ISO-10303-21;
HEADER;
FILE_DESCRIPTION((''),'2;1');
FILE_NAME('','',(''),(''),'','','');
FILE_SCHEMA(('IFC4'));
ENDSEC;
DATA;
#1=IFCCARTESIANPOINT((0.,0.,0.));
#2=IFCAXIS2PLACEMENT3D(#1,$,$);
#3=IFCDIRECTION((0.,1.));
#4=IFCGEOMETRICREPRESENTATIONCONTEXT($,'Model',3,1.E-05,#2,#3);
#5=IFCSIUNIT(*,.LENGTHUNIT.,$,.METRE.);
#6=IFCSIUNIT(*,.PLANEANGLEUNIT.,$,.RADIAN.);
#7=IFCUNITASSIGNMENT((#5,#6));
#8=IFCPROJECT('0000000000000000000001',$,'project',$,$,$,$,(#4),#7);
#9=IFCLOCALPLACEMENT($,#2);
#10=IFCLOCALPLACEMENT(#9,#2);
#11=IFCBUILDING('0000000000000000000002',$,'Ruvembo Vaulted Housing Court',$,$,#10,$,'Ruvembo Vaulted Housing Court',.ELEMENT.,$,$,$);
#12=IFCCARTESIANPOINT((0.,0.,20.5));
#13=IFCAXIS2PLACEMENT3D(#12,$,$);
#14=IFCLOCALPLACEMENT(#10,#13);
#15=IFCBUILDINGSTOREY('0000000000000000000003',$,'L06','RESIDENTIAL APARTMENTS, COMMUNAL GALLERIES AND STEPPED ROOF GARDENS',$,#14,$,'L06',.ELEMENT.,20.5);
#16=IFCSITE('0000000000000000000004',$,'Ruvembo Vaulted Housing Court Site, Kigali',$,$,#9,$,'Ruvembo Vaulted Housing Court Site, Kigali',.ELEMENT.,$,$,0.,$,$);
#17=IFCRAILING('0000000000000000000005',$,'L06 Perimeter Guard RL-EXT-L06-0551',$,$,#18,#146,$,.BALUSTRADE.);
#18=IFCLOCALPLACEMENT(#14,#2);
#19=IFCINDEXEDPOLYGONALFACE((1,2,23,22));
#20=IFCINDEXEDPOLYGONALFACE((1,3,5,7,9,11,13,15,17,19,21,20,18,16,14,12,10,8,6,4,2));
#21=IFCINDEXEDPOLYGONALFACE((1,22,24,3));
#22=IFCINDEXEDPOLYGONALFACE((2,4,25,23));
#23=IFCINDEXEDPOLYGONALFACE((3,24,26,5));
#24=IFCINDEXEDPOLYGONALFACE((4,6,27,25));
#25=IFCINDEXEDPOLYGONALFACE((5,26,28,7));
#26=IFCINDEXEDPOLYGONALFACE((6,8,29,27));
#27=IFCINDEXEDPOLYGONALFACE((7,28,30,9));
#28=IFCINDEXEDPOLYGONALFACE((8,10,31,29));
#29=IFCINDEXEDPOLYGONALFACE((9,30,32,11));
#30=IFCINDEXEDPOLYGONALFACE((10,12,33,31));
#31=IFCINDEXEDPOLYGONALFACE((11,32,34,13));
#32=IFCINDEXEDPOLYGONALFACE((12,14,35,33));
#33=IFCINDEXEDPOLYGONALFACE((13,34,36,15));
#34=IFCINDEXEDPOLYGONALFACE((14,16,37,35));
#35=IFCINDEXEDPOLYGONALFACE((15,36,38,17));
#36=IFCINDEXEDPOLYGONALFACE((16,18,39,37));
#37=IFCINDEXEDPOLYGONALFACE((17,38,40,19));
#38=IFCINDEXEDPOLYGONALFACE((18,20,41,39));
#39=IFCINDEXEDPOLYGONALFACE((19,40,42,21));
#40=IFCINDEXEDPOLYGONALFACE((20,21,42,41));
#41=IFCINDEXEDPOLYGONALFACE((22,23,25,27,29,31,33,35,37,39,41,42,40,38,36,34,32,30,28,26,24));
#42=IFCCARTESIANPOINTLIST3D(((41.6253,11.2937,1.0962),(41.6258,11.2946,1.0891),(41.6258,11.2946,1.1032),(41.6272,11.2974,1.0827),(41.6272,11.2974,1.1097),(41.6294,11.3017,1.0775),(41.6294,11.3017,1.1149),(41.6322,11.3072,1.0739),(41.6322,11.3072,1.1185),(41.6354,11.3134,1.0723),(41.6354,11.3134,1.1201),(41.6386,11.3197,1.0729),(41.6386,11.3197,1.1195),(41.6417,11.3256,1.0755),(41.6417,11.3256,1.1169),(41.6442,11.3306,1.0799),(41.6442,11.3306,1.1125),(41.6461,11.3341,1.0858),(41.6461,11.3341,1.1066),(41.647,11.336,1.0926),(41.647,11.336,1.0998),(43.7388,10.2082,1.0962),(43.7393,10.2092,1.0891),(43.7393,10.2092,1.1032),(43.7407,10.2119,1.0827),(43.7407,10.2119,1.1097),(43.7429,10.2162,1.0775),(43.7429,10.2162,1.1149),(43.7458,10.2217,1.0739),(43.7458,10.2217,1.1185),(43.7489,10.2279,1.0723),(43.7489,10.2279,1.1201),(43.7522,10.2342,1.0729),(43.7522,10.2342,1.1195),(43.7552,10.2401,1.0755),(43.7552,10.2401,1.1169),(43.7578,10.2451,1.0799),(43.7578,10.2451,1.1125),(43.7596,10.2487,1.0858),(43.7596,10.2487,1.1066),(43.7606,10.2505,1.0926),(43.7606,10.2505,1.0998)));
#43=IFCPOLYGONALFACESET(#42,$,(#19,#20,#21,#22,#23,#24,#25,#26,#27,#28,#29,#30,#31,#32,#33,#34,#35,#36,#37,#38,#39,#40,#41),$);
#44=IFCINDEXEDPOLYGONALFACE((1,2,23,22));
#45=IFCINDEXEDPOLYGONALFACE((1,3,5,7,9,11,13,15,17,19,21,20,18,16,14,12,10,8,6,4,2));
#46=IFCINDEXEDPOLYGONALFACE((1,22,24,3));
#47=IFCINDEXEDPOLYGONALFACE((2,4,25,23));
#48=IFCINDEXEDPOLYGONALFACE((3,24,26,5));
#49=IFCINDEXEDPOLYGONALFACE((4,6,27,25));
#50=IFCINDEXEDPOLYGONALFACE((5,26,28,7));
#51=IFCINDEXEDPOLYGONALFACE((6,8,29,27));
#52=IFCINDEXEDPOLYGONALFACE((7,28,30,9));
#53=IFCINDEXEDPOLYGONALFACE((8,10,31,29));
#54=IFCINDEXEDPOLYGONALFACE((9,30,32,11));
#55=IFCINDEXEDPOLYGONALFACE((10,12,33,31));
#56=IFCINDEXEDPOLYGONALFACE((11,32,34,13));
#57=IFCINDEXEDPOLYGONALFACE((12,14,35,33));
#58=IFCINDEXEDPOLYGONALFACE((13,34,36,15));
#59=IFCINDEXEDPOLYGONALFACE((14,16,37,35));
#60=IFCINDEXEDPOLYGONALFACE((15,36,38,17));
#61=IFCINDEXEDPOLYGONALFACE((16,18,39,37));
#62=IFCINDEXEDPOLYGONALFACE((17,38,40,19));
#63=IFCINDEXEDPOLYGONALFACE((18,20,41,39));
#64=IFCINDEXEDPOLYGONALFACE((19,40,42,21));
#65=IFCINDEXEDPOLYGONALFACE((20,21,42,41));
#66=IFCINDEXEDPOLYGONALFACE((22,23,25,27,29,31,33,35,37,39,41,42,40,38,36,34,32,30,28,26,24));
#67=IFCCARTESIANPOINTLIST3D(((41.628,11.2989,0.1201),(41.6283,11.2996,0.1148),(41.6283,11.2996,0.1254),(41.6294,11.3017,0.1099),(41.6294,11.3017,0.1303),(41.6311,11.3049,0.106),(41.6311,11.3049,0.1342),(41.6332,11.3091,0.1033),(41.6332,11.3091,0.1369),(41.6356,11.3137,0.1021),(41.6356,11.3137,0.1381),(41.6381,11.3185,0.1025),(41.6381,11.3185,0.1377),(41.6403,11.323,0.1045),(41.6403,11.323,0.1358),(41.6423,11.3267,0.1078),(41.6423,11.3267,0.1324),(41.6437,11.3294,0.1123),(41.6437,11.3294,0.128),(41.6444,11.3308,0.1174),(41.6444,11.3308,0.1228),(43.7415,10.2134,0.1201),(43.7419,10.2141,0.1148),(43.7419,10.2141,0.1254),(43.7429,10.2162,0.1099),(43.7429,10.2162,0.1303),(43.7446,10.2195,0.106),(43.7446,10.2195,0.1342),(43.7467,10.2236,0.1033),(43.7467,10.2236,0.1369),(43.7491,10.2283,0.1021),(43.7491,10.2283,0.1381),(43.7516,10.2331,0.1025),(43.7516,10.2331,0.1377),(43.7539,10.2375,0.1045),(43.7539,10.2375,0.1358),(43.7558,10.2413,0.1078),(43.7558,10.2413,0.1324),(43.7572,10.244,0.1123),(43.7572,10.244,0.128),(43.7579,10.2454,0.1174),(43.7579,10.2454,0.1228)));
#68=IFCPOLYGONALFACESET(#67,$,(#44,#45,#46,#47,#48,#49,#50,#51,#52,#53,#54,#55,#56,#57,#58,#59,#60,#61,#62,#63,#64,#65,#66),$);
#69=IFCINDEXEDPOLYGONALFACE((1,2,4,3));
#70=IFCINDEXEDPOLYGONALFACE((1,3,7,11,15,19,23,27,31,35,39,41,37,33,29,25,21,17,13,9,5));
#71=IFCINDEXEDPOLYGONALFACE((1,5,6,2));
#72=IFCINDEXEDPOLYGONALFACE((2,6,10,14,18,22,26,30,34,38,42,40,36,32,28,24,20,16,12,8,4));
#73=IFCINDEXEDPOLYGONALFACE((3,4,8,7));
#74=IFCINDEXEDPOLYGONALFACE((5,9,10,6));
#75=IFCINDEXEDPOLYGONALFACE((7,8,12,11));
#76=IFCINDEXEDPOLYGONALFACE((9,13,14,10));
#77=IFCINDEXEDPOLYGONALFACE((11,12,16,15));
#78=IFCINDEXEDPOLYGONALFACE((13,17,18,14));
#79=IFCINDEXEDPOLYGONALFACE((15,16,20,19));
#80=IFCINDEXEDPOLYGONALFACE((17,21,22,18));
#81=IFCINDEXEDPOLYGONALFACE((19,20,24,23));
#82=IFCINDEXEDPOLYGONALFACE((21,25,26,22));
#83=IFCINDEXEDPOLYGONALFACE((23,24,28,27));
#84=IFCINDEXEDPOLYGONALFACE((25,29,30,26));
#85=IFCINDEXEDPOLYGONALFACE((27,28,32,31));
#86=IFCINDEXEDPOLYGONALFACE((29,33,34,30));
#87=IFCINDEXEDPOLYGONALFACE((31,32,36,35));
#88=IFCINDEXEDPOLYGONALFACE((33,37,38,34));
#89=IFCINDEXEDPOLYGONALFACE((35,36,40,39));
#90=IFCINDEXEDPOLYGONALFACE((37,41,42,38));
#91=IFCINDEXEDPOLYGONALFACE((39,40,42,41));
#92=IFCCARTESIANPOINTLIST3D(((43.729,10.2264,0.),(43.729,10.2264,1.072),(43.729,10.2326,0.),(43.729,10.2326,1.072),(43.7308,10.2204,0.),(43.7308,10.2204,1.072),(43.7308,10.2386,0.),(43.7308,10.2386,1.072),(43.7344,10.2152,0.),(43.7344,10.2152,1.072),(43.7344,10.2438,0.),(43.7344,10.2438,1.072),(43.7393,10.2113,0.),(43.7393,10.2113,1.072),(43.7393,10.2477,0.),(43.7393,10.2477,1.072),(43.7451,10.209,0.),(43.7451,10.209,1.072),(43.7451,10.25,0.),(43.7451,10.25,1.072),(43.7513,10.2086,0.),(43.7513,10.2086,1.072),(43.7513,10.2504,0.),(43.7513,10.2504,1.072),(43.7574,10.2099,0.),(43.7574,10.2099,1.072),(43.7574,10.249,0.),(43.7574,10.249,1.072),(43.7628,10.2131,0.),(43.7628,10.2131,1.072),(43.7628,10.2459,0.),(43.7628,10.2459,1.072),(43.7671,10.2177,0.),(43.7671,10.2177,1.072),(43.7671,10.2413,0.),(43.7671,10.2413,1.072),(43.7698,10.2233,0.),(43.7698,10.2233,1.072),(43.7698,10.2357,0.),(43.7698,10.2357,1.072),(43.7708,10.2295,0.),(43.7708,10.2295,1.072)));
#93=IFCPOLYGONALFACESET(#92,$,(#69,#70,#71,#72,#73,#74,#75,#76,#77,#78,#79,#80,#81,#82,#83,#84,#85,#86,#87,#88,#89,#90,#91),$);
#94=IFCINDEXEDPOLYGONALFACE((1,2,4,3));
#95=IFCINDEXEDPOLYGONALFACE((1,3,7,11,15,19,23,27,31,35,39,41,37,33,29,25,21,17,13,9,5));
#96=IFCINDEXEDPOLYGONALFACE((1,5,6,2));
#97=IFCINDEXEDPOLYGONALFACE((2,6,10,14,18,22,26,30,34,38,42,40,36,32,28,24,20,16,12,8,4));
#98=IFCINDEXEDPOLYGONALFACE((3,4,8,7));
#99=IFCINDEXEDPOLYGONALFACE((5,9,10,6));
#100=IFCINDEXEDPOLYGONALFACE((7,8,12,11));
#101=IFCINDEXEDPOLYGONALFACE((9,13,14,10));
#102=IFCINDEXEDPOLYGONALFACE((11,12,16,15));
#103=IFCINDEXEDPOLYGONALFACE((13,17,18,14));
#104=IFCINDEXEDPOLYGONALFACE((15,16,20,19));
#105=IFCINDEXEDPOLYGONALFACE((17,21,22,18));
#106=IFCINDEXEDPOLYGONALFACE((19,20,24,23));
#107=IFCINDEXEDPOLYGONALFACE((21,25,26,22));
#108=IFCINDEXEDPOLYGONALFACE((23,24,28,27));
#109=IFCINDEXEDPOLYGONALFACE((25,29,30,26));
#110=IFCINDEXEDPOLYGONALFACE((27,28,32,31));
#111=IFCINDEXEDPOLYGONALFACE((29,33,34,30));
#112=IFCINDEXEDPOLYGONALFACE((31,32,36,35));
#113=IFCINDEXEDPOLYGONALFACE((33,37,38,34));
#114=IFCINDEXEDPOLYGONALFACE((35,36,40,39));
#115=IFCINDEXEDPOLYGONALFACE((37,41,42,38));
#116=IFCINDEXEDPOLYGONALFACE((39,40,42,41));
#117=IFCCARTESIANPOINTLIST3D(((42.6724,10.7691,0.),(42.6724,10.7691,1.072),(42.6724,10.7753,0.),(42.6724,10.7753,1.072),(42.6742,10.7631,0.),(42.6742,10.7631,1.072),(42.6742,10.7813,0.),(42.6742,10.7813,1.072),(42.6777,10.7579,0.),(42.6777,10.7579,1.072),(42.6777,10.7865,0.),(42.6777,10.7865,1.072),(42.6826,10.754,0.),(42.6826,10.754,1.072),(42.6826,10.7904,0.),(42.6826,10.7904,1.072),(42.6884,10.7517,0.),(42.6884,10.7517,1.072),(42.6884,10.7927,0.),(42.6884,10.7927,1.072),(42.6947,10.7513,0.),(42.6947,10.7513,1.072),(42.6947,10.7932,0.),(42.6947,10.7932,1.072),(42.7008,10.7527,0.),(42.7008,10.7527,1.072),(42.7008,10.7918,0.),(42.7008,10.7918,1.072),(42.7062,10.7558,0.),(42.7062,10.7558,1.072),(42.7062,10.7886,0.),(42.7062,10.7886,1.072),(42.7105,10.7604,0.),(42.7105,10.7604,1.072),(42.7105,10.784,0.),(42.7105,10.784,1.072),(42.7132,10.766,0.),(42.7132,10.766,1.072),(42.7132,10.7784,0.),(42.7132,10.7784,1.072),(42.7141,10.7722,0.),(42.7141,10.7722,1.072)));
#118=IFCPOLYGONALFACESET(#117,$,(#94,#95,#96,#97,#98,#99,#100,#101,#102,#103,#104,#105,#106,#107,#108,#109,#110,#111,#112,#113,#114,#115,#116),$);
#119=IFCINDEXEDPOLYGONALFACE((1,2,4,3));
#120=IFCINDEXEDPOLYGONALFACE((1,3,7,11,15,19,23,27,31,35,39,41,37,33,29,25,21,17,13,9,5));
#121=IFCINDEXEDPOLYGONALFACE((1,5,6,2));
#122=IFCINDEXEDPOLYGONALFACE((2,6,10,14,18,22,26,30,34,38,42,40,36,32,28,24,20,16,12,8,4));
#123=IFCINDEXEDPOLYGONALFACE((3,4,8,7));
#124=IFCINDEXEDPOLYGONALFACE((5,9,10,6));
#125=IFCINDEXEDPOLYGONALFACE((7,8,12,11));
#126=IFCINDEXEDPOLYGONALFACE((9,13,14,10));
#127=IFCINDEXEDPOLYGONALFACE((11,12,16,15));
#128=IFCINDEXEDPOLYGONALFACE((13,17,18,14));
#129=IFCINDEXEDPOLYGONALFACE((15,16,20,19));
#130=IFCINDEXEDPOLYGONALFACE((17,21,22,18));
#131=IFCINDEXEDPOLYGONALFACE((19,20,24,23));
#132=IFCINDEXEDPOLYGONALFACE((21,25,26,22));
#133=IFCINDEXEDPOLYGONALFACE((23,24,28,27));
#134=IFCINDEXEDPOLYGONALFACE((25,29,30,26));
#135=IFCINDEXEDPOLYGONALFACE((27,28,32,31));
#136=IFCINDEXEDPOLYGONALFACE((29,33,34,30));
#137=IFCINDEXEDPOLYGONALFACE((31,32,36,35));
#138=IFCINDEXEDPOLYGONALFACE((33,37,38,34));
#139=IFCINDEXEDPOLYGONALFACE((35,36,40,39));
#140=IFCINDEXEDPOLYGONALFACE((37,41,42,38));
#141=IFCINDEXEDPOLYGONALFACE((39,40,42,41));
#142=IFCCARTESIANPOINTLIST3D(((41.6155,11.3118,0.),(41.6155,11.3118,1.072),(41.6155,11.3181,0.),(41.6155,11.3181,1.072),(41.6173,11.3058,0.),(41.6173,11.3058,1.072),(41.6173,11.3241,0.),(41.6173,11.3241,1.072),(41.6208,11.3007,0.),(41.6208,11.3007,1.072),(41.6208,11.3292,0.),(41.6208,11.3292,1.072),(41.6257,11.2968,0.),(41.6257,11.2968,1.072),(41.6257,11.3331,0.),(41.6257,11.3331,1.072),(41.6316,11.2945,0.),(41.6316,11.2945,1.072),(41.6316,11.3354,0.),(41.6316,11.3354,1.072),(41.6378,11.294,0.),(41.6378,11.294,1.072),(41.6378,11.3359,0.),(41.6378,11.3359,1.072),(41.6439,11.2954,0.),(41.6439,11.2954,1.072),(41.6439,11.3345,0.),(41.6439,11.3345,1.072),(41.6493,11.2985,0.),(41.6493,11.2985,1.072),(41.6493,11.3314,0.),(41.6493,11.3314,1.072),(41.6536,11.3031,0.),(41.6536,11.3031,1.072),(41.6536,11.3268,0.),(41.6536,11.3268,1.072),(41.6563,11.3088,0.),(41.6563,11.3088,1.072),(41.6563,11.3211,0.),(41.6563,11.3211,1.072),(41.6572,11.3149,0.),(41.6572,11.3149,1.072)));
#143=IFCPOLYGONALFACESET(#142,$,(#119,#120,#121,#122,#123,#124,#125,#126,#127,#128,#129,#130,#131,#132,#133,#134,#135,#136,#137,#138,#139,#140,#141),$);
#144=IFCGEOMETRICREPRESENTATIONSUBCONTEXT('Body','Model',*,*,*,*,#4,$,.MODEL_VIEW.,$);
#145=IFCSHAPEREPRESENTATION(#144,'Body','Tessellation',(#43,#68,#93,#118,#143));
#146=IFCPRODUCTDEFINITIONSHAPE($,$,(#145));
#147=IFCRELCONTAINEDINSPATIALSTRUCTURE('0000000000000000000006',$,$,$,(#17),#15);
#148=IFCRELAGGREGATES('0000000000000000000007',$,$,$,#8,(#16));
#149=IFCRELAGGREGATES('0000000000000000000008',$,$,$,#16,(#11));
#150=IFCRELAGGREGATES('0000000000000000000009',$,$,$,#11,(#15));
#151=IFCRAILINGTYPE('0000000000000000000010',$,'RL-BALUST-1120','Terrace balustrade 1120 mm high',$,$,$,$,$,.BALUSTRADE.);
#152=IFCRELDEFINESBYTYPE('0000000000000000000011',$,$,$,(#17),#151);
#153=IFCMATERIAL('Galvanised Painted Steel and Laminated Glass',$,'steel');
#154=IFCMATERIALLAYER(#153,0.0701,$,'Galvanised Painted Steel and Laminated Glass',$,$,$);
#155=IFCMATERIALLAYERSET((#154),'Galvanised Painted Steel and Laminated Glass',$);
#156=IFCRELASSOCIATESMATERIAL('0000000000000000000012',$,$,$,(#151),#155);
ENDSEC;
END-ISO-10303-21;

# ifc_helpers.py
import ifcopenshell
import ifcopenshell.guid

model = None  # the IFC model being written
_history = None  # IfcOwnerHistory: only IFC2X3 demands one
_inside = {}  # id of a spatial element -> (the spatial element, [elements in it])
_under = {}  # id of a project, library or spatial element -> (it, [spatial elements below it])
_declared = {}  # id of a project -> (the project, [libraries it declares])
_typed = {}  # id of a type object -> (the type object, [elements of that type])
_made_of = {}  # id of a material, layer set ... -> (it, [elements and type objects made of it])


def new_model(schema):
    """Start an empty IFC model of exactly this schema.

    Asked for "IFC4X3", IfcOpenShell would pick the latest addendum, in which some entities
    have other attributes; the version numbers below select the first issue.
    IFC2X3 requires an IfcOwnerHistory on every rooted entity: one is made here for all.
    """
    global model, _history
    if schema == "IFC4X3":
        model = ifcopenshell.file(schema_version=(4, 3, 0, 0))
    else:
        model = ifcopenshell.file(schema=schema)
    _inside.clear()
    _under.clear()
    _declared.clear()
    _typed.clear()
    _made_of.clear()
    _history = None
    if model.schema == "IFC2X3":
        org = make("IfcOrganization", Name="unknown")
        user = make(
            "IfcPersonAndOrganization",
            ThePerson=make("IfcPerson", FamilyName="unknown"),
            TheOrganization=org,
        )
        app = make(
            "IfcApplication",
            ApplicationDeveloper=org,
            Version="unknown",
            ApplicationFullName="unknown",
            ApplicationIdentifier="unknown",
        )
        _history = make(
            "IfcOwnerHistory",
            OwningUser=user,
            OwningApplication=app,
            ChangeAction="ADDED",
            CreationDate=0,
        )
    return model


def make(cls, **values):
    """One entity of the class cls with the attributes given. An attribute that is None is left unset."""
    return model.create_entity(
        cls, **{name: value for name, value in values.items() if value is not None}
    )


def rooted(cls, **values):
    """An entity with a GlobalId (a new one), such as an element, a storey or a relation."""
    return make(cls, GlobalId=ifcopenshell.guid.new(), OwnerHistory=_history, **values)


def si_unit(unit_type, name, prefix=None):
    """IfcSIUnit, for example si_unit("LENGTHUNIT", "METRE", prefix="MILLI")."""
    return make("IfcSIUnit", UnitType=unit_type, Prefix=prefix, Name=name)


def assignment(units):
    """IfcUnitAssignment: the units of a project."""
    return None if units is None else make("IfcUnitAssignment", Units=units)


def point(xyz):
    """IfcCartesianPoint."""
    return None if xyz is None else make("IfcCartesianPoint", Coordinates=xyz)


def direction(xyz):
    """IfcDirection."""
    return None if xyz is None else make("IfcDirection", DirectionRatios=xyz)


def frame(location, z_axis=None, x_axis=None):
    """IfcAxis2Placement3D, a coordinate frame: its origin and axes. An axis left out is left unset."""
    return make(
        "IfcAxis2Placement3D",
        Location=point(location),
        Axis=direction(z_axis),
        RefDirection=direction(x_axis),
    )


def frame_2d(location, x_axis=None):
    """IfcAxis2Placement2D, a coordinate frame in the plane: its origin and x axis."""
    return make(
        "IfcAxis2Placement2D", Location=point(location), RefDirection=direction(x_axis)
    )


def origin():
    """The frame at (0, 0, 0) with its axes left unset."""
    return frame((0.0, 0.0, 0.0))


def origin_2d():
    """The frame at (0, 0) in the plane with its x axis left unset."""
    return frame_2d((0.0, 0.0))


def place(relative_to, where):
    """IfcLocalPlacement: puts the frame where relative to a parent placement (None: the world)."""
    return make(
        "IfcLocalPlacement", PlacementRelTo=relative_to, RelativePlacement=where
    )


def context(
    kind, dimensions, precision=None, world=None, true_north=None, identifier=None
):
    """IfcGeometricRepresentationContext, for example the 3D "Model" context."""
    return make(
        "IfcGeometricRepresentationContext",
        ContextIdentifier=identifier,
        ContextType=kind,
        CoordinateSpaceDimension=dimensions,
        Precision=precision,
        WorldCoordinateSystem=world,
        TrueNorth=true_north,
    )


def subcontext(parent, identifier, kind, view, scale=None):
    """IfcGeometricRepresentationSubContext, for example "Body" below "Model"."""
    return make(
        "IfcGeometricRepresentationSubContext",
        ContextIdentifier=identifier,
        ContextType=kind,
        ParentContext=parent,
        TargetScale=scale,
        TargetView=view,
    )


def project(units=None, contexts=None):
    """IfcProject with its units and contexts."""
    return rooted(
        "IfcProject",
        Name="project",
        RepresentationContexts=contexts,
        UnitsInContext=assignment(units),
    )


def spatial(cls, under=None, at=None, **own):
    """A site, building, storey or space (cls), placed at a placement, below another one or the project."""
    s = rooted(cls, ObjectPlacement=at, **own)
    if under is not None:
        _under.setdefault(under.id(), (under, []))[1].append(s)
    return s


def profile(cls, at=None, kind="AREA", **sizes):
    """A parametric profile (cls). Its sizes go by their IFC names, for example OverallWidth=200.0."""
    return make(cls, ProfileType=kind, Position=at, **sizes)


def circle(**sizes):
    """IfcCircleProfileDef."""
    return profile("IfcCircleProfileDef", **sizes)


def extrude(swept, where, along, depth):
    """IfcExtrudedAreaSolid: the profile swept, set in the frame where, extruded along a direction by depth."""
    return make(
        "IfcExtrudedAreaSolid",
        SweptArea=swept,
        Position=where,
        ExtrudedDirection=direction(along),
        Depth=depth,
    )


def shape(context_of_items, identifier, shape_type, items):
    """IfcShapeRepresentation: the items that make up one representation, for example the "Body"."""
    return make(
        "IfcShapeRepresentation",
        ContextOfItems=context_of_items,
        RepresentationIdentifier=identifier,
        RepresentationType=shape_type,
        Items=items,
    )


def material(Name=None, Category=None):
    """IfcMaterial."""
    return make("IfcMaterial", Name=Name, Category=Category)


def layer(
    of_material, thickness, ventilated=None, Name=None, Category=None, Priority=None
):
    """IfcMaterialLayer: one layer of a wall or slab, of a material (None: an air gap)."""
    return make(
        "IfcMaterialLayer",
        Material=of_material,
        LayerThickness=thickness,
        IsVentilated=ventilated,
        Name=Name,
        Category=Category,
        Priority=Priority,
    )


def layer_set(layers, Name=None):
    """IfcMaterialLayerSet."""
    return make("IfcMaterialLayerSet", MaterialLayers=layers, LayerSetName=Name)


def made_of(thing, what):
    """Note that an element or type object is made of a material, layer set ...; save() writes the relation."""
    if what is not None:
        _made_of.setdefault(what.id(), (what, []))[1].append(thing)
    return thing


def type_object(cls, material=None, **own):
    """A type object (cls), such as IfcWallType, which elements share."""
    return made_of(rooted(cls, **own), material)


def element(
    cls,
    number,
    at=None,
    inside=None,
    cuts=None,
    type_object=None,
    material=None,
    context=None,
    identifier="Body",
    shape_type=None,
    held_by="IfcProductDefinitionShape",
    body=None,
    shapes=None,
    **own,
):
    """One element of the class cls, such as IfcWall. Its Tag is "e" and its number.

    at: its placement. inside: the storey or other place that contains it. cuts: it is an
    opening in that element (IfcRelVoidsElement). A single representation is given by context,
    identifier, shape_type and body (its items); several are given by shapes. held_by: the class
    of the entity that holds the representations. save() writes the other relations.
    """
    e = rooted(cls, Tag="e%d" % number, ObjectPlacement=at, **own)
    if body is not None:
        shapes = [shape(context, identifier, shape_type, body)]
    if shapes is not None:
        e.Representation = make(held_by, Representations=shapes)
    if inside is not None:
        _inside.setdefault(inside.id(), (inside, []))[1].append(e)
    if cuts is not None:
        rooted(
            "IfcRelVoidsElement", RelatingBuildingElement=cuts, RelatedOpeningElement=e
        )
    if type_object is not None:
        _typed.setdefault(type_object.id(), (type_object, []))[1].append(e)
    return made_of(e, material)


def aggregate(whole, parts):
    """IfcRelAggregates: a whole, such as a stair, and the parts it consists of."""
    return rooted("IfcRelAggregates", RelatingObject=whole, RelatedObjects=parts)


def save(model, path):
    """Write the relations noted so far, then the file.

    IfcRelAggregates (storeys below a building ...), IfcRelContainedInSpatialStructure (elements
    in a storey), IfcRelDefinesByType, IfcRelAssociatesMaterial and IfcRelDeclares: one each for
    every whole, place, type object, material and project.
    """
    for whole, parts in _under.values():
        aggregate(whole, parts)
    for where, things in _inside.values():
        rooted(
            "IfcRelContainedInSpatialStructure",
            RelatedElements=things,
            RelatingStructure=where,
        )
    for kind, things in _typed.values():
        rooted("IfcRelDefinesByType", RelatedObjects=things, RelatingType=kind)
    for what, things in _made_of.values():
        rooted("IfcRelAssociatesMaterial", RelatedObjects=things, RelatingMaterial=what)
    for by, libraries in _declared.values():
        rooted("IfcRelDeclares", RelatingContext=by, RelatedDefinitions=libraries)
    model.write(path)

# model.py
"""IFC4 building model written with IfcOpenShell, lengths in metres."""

from ifc_helpers import new_model, si_unit, direction, frame, origin, origin_2d, place, context, subcontext, project, spatial, circle, extrude, material, layer, layer_set, type_object, element, save


model = new_model("IFC4")

# Units and contexts
model_context = context("Model", 3, precision=1e-05, world=origin(), true_north=direction((0.0, 1.0)))
body_context = subcontext(model_context, "Body", "Model", "MODEL_VIEW")
ifc_project = project(units=[si_unit("LENGTHUNIT", "METRE"), si_unit("PLANEANGLEUNIT", "RADIAN")], contexts=[model_context])

# Site, building, storey
site_placement = place(None, origin())
site = spatial("IfcSite", under=ifc_project, at=site_placement, Name="Ruvembo Vaulted Housing Court Site, Kigali", LongName="Ruvembo Vaulted Housing Court Site, Kigali", CompositionType="ELEMENT", RefElevation=0.0)
building_placement = place(site_placement, origin())
building = spatial("IfcBuilding", under=site, at=building_placement, Name="Ruvembo Vaulted Housing Court", LongName="Ruvembo Vaulted Housing Court", CompositionType="ELEMENT")
storey_placement = place(building_placement, frame((0.0, 0.0, 20.5)))
storey = spatial("IfcBuildingStorey", under=building, at=storey_placement, Name="L06", Description="RESIDENTIAL APARTMENTS, COMMUNAL GALLERIES AND STEPPED ROOF GARDENS", LongName="L06", CompositionType="ELEMENT", Elevation=20.5)

# Railing
ifc_material_1 = material(Name="Galvanised Painted Steel and Laminated Glass", Category="steel")
ifc_layer_1 = layer(ifc_material_1, 0.0701, Name="Galvanised Painted Steel and Laminated Glass")
ifc_layer_set_1 = layer_set([ifc_layer_1], Name="Galvanised Painted Steel and Laminated Glass")
railing_type = type_object("IfcRailingType", Name="RL-BALUST-1120", Description="Terrace balustrade 1120 mm high", PredefinedType="BALUSTRADE", material=ifc_layer_set_1)
railing_1_placement = place(storey_placement, frame((43.7498, 10.2295, 0.0)))
element("IfcRailing", 1, at=railing_1_placement, inside=storey, type_object=railing_type, Name="L06 Perimeter Guard RL-EXT-L06-0551", PredefinedType="BALUSTRADE", context=body_context, shape_type="SweptSolid", body=[
    extrude(circle(Radius=0.0239, at=origin_2d()), frame((0.0, 0.0, 1.0962), z_axis=(-0.889546, 0.456846, 0.0), x_axis=(-0.456846, -0.889546, 0.0)), (0.0, 0.0, 1.0), 2.376),
    extrude(circle(Radius=0.0181, at=origin_2d()), frame((0.0, 0.0, 0.1201), z_axis=(-0.889546, 0.456846, 0.0), x_axis=(-0.456846, -0.889546, 0.0)), (0.0, 0.0, 1.0), 2.376),
    extrude(circle(Radius=0.021, at=origin_2d()), origin(), (0.0, 0.0, 1.0), 1.072),
    extrude(circle(Radius=0.021, at=origin_2d()), frame((-1.0566, 0.5427, 0.0)), (0.0, 0.0, 1.0), 1.072),
    extrude(circle(Radius=0.021, at=origin_2d()), frame((-2.1135, 1.0854, 0.0)), (0.0, 0.0, 1.0), 1.072),
])

save(model, "model.ifc")
